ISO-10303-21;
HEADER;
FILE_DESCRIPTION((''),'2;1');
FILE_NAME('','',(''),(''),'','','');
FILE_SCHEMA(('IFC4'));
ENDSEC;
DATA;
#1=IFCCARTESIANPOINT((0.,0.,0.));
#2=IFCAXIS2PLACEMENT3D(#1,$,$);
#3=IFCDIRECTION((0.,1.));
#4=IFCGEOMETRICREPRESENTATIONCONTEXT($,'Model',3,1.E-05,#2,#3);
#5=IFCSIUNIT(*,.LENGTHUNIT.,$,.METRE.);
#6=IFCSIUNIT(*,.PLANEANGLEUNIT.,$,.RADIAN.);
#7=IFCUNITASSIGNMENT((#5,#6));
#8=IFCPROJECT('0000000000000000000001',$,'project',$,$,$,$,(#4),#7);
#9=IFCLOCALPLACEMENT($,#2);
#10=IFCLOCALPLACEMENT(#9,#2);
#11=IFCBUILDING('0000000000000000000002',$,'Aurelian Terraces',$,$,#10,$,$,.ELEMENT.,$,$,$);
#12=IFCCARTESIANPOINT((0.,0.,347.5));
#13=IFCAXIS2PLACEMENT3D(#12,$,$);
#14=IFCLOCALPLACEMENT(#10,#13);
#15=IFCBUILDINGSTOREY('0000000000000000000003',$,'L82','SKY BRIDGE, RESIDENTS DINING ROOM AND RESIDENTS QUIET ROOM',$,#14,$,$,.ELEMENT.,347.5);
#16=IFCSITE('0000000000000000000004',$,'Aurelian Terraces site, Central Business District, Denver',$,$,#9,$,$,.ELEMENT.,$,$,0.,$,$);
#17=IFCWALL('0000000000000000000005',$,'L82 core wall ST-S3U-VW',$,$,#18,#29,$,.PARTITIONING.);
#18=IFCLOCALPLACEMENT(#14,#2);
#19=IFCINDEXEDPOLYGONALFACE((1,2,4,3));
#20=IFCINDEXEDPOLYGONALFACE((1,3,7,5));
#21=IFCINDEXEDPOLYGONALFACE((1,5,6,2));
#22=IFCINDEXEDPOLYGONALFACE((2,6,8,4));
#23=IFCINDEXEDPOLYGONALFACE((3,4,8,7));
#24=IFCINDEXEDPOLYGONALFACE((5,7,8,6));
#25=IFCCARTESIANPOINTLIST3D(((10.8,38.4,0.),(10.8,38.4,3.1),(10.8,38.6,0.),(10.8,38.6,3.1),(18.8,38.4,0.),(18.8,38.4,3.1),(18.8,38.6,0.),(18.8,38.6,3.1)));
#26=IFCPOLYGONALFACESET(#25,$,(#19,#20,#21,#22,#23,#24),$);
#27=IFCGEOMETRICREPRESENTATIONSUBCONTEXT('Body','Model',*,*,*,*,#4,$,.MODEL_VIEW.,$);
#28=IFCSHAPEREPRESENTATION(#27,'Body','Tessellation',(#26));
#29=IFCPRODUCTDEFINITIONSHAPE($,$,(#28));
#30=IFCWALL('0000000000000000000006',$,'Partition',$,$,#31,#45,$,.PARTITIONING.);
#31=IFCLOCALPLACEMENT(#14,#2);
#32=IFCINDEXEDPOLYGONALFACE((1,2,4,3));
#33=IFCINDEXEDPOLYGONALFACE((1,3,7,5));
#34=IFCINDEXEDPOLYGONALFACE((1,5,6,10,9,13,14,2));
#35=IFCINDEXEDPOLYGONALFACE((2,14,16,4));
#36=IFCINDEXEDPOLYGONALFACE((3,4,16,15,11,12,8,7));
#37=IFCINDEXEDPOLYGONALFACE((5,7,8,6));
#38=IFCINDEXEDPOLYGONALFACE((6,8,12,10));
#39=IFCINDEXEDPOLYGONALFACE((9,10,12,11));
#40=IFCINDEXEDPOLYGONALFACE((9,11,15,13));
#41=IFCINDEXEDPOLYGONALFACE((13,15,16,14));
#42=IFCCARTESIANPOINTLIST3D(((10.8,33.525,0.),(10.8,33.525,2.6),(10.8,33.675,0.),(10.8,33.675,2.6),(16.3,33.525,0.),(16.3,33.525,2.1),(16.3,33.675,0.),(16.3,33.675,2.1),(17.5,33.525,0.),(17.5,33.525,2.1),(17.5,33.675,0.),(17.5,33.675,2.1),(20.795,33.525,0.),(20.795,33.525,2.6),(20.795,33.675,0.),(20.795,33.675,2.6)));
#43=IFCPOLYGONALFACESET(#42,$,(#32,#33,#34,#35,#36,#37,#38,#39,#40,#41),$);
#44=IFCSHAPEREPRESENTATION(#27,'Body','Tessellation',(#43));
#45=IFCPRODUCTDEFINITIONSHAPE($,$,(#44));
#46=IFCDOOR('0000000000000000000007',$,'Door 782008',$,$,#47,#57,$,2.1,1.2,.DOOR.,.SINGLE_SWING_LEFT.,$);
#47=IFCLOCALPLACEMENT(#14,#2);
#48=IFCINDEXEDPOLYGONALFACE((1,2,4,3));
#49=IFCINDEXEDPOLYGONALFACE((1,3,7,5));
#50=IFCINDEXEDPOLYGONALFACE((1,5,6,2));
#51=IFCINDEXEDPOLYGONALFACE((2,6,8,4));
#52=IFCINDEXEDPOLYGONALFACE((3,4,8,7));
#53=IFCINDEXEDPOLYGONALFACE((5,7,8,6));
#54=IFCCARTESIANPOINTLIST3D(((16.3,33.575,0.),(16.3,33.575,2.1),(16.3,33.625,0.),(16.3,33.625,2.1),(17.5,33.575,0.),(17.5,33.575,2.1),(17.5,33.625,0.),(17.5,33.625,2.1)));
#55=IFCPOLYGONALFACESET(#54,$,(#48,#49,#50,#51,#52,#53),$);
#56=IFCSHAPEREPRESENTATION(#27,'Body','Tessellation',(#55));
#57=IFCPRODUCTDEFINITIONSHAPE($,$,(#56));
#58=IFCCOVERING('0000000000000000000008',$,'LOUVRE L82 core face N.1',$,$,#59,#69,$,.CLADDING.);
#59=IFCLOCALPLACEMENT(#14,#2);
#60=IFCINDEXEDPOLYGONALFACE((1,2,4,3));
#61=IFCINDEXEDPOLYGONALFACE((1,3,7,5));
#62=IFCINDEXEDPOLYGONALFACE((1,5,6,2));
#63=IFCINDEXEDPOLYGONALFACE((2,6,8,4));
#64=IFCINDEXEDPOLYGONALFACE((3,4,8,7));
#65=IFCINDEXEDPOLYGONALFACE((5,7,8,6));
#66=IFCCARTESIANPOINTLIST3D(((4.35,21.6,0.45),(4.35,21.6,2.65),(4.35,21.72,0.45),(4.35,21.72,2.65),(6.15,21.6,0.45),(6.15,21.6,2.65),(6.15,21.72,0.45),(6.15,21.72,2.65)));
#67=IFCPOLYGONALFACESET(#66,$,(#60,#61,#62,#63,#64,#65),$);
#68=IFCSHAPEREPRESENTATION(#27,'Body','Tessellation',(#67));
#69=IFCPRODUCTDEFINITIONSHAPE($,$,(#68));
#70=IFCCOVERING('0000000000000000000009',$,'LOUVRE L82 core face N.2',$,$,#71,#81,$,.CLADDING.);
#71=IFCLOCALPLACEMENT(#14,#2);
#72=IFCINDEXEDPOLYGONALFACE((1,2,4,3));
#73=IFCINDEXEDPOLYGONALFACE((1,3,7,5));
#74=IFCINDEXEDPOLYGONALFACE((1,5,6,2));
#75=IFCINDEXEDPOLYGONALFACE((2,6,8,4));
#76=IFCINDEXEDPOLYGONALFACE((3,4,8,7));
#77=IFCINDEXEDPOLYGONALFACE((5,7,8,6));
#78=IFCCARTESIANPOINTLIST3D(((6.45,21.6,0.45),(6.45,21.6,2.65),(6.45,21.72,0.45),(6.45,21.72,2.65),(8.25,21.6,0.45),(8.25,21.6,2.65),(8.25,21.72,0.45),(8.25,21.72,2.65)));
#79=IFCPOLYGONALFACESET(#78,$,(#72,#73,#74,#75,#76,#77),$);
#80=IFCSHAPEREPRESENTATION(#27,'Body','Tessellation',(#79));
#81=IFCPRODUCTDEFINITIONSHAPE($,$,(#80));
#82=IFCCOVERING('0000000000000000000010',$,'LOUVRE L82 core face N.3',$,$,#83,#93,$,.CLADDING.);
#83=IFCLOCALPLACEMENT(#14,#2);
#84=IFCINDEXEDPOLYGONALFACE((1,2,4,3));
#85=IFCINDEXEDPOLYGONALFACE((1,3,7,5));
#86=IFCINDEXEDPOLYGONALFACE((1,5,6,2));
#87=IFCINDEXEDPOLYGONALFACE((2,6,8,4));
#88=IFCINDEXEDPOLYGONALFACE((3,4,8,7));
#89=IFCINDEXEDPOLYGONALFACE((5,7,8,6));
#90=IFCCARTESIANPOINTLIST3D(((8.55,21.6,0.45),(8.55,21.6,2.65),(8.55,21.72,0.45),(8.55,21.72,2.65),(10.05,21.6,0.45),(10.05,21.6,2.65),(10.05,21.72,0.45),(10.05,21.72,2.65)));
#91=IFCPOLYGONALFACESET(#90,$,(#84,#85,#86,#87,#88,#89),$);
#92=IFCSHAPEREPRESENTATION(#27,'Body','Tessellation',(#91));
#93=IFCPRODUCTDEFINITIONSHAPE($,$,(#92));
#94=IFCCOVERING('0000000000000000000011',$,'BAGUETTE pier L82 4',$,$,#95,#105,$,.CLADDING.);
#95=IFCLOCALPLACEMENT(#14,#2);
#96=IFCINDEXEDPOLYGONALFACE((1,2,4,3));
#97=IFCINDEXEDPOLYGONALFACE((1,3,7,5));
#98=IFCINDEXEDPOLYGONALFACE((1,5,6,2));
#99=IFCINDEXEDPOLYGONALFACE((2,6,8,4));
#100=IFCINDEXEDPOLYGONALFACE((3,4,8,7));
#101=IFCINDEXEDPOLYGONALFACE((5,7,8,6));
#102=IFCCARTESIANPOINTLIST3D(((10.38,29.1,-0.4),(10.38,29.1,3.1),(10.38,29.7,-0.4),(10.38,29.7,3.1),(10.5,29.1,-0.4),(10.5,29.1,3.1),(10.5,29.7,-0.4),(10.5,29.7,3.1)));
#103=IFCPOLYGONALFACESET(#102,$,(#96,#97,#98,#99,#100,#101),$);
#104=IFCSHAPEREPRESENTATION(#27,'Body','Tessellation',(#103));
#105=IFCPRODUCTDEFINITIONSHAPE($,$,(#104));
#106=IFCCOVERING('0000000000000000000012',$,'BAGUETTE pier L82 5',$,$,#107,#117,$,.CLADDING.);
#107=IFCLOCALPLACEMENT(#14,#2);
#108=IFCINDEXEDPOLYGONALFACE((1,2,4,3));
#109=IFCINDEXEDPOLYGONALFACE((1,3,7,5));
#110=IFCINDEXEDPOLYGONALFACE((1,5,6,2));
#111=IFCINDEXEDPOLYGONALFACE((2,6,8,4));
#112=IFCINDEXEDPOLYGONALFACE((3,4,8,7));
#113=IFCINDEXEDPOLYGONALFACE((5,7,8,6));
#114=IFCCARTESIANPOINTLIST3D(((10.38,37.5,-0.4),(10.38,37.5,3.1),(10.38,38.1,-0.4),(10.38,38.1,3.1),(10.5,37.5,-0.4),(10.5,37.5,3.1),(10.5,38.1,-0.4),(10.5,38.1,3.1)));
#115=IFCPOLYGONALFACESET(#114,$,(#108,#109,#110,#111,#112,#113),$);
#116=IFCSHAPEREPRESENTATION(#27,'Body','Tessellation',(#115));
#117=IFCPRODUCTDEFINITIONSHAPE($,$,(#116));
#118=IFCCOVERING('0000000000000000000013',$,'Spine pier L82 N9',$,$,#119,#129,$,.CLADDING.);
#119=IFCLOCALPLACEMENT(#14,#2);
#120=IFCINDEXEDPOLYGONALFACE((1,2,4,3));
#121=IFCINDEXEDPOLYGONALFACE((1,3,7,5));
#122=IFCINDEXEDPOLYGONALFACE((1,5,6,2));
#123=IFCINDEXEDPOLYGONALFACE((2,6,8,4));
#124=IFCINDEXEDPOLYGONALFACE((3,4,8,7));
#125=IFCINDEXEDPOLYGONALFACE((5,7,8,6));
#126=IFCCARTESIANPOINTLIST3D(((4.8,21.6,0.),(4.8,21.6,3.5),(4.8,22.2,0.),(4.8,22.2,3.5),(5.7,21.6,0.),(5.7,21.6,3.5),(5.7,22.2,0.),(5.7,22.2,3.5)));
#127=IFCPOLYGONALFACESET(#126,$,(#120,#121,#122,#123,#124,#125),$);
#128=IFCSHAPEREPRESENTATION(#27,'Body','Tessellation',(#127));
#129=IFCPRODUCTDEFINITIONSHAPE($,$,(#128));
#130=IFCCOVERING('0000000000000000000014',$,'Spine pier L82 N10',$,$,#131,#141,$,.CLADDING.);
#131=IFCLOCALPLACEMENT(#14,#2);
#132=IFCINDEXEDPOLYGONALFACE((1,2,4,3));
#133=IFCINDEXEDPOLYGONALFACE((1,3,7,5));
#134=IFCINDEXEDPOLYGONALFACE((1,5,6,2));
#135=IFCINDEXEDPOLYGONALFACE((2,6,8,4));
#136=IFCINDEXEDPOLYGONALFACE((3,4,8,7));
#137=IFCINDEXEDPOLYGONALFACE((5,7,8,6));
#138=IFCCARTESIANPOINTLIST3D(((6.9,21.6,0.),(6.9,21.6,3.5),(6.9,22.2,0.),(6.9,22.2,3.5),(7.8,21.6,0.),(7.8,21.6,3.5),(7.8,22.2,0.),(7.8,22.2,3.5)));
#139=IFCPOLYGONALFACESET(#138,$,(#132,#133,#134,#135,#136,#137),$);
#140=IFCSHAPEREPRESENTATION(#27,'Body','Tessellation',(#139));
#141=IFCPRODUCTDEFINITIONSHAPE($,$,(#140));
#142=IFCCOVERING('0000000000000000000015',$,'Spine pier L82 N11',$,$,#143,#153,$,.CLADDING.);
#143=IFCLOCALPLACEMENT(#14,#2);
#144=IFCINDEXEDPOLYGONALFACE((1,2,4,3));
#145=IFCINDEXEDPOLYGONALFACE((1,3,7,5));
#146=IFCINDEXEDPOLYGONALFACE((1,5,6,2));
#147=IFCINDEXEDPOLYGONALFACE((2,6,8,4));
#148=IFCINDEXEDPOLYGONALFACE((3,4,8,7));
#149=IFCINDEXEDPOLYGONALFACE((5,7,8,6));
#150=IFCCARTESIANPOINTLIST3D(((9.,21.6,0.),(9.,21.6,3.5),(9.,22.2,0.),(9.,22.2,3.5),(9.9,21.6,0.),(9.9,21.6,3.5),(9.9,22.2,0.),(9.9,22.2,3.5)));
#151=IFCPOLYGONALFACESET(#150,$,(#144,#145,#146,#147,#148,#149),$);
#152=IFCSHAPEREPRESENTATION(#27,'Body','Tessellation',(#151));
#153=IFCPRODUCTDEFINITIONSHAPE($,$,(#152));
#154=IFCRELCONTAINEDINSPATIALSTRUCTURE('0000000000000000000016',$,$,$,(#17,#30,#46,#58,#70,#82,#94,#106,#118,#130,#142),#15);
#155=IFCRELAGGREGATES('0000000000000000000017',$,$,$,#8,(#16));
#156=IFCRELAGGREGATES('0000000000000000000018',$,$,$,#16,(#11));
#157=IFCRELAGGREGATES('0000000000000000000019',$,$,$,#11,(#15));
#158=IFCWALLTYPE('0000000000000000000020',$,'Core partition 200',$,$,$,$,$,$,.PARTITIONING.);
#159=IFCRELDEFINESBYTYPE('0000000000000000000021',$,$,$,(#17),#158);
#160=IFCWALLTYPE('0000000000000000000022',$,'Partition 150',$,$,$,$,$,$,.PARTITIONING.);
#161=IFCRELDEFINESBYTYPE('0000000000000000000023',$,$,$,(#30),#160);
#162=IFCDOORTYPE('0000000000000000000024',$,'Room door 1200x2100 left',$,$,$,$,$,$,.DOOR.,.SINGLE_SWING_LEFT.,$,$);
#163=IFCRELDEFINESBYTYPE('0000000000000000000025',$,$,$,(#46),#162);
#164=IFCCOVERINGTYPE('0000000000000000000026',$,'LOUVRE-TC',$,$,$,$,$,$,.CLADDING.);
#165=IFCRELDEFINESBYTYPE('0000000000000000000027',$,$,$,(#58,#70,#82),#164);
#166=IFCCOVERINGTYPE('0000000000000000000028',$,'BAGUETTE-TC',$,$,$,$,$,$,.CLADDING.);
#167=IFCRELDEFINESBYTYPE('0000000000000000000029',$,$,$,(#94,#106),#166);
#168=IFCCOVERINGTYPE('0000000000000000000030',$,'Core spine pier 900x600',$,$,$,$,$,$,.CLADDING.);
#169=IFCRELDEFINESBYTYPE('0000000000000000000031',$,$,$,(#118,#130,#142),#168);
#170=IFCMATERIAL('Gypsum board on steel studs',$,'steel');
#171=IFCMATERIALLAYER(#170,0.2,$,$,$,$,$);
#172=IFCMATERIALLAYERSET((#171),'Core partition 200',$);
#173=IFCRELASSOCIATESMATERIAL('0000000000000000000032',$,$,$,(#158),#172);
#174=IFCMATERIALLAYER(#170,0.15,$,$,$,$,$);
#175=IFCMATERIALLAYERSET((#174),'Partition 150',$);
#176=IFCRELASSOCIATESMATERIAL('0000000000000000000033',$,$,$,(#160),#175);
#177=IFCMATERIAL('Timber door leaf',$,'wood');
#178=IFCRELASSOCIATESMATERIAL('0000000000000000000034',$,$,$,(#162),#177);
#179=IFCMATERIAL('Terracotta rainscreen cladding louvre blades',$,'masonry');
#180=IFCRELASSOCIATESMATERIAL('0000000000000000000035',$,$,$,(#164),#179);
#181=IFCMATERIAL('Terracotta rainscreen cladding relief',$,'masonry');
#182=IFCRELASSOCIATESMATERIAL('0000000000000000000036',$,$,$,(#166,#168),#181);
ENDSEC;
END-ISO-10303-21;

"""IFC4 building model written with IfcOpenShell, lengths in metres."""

from ifc_helpers import new_model, si_unit, direction, frame, frame_2d, origin, origin_2d, place, context, subcontext, project, spatial, rectangle, extrude, source, transform, mapped, material, layer, layer_set, type_object, element, fill, save


model = new_model("IFC4")

# Units and contexts
model_context = context("Model", 3, precision=1e-05, world=origin(), true_north=direction((0.0, 1.0)))
body_context = subcontext(model_context, "Body", "Model", "MODEL_VIEW")
ifc_project = project(units=[si_unit("LENGTHUNIT", "METRE"), si_unit("PLANEANGLEUNIT", "RADIAN")], contexts=[model_context])

# Site, building, storey
site_placement = place(None, origin())
site = spatial("IfcSite", under=ifc_project, at=site_placement, Name="Aurelian Terraces site, Central Business District, Denver", CompositionType="ELEMENT", RefElevation=0.0)
building_placement = place(site_placement, origin())
building = spatial("IfcBuilding", under=site, at=building_placement, Name="Aurelian Terraces", CompositionType="ELEMENT")
storey_placement = place(building_placement, frame((0.0, 0.0, 347.5)))
storey = spatial("IfcBuildingStorey", under=building, at=storey_placement, Name="L82", Description="SKY BRIDGE, RESIDENTS DINING ROOM AND RESIDENTS QUIET ROOM", CompositionType="ELEMENT", Elevation=347.5)

# Shared definitions
shared_shape_1 = source(origin(), body_context, "Body", "SweptSolid", [
    extrude(rectangle(XDim=1.2, YDim=2.1, at=frame_2d((0.6, 1.05))), frame((0.0, 0.025, 0.0), z_axis=(0.0, -1.0, 0.0), x_axis=(1.0, 0.0, 0.0)), (0.0, 0.0, 1.0), 0.05),
])

# Shared definitions
ifc_material_1 = material(Name="Timber door leaf", Category="wood")

# Wall
ifc_material_2 = material(Name="Gypsum board on steel studs", Category="steel")
ifc_layer_1 = layer(ifc_material_2, 0.2)
ifc_layer_set_1 = layer_set([ifc_layer_1], Name="Core partition 200")
wall_type_1 = type_object("IfcWallType", Name="Core partition 200", PredefinedType="PARTITIONING", material=ifc_layer_set_1)
shared_shape_2 = source(origin(), body_context, "Body", "SweptSolid", [
    extrude(rectangle(XDim=8.0, YDim=0.2, at=frame_2d((4.0, 0.0))), origin(), (0.0, 0.0, 1.0), 3.1),
])
wall_1_placement = place(storey_placement, frame((10.8, 38.5, 0.0), z_axis=(0.0, 0.0, 1.0), x_axis=(1.0, 0.0, 0.0)))
element("IfcWall", 1, at=wall_1_placement, inside=storey, type_object=wall_type_1, Name="L82 core wall ST-S3U-VW", PredefinedType="PARTITIONING", context=body_context, shape_type="MappedRepresentation", body=[
    mapped(shared_shape_2, transform((0.0, 0.0, 0.0), scale=1.0)),
])

# Wall, opening, door
ifc_layer_2 = layer(ifc_material_2, 0.15)
ifc_layer_set_2 = layer_set([ifc_layer_2], Name="Partition 150")
wall_type_2 = type_object("IfcWallType", Name="Partition 150", PredefinedType="PARTITIONING", material=ifc_layer_set_2)
shared_shape_3 = source(origin(), body_context, "Body", "SweptSolid", [
    extrude(rectangle(XDim=9.995, YDim=0.15, at=frame_2d((4.9975, 0.0))), origin(), (0.0, 0.0, 1.0), 2.6),
])
wall_2_placement = place(storey_placement, frame((10.8, 33.6, 0.0), z_axis=(0.0, 0.0, 1.0), x_axis=(1.0, 0.0, 0.0)))
wall_2 = element("IfcWall", 2, at=wall_2_placement, inside=storey, type_object=wall_type_2, Name="Partition", PredefinedType="PARTITIONING", context=body_context, shape_type="MappedRepresentation", body=[
    mapped(shared_shape_3, transform((0.0, 0.0, 0.0), scale=1.0)),
])
shared_shape_4 = source(origin(), body_context, "Body", "SweptSolid", [
    extrude(rectangle(XDim=1.2, YDim=2.1, at=frame_2d((0.6, 1.05))), frame((0.0, 0.085, 0.0), z_axis=(0.0, -1.0, 0.0), x_axis=(1.0, 0.0, 0.0)), (0.0, 0.0, 1.0), 0.17),
])
opening_1_placement = place(wall_2_placement, frame((5.5, 0.0, 0.0)))
opening_1 = element("IfcOpeningElement", 3, at=opening_1_placement, cuts=wall_2, PredefinedType="OPENING", context=body_context, shape_type="MappedRepresentation", body=[
    mapped(shared_shape_4, transform((0.0, 0.0, 0.0), scale=1.0)),
])
door_type_1 = type_object("IfcDoorType", Name="Room door 1200x2100 left", OperationType="SINGLE_SWING_LEFT", PredefinedType="DOOR", material=ifc_material_1)
door_1_placement = place(opening_1_placement, origin())
door_1 = element("IfcDoor", 4, at=door_1_placement, inside=storey, type_object=door_type_1, Name="Door 782008", OperationType="SINGLE_SWING_LEFT", OverallHeight=2.1, OverallWidth=1.2, PredefinedType="DOOR", context=body_context, shape_type="MappedRepresentation", body=[
    mapped(shared_shape_1, transform((0.0, 0.0, 0.0), scale=1.0)),
])
fill(opening_1, door_1)

# Coverings
ifc_material_3 = material(Name="Terracotta rainscreen cladding louvre blades", Category="masonry")
covering_type_1 = type_object("IfcCoveringType", Name="LOUVRE-TC", PredefinedType="CLADDING", material=ifc_material_3)
shared_shape_5 = source(origin(), body_context, "Body", "SweptSolid", [
    extrude(rectangle(XDim=1.8, YDim=0.12, at=origin_2d()), origin(), (0.0, 0.0, 1.0), 2.2),
])
for number, where, z_axis, x_axis, name in (
    (5, (5.25, 21.66, 0.45), (0.0, 0.0, 1.0), (1.0, 0.0, 0.0), "LOUVRE L82 core face N.1"),
    (6, (7.35, 21.66, 0.45), (0.0, 0.0, 1.0), (1.0, 0.0, 0.0), "LOUVRE L82 core face N.2"),
):
    element("IfcCovering", number, at=place(storey_placement, frame(where, z_axis=z_axis, x_axis=x_axis)), inside=storey, type_object=covering_type_1, Name=name, PredefinedType="CLADDING", context=body_context, shape_type="MappedRepresentation", body=[
        mapped(shared_shape_5, transform((0.0, 0.0, 0.0), scale=1.0)),
    ])
shared_shape_6 = source(origin(), body_context, "Body", "SweptSolid", [
    extrude(rectangle(XDim=1.5, YDim=0.12, at=origin_2d()), origin(), (0.0, 0.0, 1.0), 2.2),
])
covering_placement = place(storey_placement, frame((9.3, 21.66, 0.45), z_axis=(0.0, 0.0, 1.0), x_axis=(1.0, 0.0, 0.0)))
element("IfcCovering", 7, at=covering_placement, inside=storey, type_object=covering_type_1, Name="LOUVRE L82 core face N.3", PredefinedType="CLADDING", context=body_context, shape_type="MappedRepresentation", body=[
    mapped(shared_shape_6, transform((0.0, 0.0, 0.0), scale=1.0)),
])
ifc_material_4 = material(Name="Terracotta rainscreen cladding relief", Category="masonry")
covering_type_2 = type_object("IfcCoveringType", Name="BAGUETTE-TC", PredefinedType="CLADDING", material=ifc_material_4)
shared_shape_7 = source(origin(), body_context, "Body", "SweptSolid", [
    extrude(rectangle(XDim=0.12, YDim=0.6, at=origin_2d()), origin(), (0.0, 0.0, 1.0), 3.5),
])
for number, where, z_axis, x_axis, name in (
    (8, (10.44, 29.4, -0.4), (0.0, 0.0, 1.0), (1.0, 0.0, 0.0), "BAGUETTE pier L82 4"),
    (9, (10.44, 37.8, -0.4), (0.0, 0.0, 1.0), (1.0, 0.0, 0.0), "BAGUETTE pier L82 5"),
):
    element("IfcCovering", number, at=place(storey_placement, frame(where, z_axis=z_axis, x_axis=x_axis)), inside=storey, type_object=covering_type_2, Name=name, PredefinedType="CLADDING", context=body_context, shape_type="MappedRepresentation", body=[
        mapped(shared_shape_7, transform((0.0, 0.0, 0.0), scale=1.0)),
    ])
covering_type_3 = type_object("IfcCoveringType", Name="Core spine pier 900x600", PredefinedType="CLADDING", material=ifc_material_4)
shared_shape_8 = source(origin(), body_context, "Body", "SweptSolid", [
    extrude(rectangle(XDim=0.9, YDim=0.6, at=origin_2d()), origin(), (0.0, 0.0, 1.0), 3.5),
])
for number, where, z_axis, x_axis, name in (
    (10, (5.25, 21.9, 0.0), (0.0, 0.0, 1.0), (1.0, 0.0, 0.0), "Spine pier L82 N9"),
    (11, (7.35, 21.9, 0.0), (0.0, 0.0, 1.0), (1.0, 0.0, 0.0), "Spine pier L82 N10"),
    (12, (9.45, 21.9, 0.0), (0.0, 0.0, 1.0), (1.0, 0.0, 0.0), "Spine pier L82 N11"),
):
    element("IfcCovering", number, at=place(storey_placement, frame(where, z_axis=z_axis, x_axis=x_axis)), inside=storey, type_object=covering_type_3, Name=name, PredefinedType="CLADDING", context=body_context, shape_type="MappedRepresentation", body=[
        mapped(shared_shape_8, transform((0.0, 0.0, 0.0), scale=1.0)),
    ])

save(model, "model.ifc")
